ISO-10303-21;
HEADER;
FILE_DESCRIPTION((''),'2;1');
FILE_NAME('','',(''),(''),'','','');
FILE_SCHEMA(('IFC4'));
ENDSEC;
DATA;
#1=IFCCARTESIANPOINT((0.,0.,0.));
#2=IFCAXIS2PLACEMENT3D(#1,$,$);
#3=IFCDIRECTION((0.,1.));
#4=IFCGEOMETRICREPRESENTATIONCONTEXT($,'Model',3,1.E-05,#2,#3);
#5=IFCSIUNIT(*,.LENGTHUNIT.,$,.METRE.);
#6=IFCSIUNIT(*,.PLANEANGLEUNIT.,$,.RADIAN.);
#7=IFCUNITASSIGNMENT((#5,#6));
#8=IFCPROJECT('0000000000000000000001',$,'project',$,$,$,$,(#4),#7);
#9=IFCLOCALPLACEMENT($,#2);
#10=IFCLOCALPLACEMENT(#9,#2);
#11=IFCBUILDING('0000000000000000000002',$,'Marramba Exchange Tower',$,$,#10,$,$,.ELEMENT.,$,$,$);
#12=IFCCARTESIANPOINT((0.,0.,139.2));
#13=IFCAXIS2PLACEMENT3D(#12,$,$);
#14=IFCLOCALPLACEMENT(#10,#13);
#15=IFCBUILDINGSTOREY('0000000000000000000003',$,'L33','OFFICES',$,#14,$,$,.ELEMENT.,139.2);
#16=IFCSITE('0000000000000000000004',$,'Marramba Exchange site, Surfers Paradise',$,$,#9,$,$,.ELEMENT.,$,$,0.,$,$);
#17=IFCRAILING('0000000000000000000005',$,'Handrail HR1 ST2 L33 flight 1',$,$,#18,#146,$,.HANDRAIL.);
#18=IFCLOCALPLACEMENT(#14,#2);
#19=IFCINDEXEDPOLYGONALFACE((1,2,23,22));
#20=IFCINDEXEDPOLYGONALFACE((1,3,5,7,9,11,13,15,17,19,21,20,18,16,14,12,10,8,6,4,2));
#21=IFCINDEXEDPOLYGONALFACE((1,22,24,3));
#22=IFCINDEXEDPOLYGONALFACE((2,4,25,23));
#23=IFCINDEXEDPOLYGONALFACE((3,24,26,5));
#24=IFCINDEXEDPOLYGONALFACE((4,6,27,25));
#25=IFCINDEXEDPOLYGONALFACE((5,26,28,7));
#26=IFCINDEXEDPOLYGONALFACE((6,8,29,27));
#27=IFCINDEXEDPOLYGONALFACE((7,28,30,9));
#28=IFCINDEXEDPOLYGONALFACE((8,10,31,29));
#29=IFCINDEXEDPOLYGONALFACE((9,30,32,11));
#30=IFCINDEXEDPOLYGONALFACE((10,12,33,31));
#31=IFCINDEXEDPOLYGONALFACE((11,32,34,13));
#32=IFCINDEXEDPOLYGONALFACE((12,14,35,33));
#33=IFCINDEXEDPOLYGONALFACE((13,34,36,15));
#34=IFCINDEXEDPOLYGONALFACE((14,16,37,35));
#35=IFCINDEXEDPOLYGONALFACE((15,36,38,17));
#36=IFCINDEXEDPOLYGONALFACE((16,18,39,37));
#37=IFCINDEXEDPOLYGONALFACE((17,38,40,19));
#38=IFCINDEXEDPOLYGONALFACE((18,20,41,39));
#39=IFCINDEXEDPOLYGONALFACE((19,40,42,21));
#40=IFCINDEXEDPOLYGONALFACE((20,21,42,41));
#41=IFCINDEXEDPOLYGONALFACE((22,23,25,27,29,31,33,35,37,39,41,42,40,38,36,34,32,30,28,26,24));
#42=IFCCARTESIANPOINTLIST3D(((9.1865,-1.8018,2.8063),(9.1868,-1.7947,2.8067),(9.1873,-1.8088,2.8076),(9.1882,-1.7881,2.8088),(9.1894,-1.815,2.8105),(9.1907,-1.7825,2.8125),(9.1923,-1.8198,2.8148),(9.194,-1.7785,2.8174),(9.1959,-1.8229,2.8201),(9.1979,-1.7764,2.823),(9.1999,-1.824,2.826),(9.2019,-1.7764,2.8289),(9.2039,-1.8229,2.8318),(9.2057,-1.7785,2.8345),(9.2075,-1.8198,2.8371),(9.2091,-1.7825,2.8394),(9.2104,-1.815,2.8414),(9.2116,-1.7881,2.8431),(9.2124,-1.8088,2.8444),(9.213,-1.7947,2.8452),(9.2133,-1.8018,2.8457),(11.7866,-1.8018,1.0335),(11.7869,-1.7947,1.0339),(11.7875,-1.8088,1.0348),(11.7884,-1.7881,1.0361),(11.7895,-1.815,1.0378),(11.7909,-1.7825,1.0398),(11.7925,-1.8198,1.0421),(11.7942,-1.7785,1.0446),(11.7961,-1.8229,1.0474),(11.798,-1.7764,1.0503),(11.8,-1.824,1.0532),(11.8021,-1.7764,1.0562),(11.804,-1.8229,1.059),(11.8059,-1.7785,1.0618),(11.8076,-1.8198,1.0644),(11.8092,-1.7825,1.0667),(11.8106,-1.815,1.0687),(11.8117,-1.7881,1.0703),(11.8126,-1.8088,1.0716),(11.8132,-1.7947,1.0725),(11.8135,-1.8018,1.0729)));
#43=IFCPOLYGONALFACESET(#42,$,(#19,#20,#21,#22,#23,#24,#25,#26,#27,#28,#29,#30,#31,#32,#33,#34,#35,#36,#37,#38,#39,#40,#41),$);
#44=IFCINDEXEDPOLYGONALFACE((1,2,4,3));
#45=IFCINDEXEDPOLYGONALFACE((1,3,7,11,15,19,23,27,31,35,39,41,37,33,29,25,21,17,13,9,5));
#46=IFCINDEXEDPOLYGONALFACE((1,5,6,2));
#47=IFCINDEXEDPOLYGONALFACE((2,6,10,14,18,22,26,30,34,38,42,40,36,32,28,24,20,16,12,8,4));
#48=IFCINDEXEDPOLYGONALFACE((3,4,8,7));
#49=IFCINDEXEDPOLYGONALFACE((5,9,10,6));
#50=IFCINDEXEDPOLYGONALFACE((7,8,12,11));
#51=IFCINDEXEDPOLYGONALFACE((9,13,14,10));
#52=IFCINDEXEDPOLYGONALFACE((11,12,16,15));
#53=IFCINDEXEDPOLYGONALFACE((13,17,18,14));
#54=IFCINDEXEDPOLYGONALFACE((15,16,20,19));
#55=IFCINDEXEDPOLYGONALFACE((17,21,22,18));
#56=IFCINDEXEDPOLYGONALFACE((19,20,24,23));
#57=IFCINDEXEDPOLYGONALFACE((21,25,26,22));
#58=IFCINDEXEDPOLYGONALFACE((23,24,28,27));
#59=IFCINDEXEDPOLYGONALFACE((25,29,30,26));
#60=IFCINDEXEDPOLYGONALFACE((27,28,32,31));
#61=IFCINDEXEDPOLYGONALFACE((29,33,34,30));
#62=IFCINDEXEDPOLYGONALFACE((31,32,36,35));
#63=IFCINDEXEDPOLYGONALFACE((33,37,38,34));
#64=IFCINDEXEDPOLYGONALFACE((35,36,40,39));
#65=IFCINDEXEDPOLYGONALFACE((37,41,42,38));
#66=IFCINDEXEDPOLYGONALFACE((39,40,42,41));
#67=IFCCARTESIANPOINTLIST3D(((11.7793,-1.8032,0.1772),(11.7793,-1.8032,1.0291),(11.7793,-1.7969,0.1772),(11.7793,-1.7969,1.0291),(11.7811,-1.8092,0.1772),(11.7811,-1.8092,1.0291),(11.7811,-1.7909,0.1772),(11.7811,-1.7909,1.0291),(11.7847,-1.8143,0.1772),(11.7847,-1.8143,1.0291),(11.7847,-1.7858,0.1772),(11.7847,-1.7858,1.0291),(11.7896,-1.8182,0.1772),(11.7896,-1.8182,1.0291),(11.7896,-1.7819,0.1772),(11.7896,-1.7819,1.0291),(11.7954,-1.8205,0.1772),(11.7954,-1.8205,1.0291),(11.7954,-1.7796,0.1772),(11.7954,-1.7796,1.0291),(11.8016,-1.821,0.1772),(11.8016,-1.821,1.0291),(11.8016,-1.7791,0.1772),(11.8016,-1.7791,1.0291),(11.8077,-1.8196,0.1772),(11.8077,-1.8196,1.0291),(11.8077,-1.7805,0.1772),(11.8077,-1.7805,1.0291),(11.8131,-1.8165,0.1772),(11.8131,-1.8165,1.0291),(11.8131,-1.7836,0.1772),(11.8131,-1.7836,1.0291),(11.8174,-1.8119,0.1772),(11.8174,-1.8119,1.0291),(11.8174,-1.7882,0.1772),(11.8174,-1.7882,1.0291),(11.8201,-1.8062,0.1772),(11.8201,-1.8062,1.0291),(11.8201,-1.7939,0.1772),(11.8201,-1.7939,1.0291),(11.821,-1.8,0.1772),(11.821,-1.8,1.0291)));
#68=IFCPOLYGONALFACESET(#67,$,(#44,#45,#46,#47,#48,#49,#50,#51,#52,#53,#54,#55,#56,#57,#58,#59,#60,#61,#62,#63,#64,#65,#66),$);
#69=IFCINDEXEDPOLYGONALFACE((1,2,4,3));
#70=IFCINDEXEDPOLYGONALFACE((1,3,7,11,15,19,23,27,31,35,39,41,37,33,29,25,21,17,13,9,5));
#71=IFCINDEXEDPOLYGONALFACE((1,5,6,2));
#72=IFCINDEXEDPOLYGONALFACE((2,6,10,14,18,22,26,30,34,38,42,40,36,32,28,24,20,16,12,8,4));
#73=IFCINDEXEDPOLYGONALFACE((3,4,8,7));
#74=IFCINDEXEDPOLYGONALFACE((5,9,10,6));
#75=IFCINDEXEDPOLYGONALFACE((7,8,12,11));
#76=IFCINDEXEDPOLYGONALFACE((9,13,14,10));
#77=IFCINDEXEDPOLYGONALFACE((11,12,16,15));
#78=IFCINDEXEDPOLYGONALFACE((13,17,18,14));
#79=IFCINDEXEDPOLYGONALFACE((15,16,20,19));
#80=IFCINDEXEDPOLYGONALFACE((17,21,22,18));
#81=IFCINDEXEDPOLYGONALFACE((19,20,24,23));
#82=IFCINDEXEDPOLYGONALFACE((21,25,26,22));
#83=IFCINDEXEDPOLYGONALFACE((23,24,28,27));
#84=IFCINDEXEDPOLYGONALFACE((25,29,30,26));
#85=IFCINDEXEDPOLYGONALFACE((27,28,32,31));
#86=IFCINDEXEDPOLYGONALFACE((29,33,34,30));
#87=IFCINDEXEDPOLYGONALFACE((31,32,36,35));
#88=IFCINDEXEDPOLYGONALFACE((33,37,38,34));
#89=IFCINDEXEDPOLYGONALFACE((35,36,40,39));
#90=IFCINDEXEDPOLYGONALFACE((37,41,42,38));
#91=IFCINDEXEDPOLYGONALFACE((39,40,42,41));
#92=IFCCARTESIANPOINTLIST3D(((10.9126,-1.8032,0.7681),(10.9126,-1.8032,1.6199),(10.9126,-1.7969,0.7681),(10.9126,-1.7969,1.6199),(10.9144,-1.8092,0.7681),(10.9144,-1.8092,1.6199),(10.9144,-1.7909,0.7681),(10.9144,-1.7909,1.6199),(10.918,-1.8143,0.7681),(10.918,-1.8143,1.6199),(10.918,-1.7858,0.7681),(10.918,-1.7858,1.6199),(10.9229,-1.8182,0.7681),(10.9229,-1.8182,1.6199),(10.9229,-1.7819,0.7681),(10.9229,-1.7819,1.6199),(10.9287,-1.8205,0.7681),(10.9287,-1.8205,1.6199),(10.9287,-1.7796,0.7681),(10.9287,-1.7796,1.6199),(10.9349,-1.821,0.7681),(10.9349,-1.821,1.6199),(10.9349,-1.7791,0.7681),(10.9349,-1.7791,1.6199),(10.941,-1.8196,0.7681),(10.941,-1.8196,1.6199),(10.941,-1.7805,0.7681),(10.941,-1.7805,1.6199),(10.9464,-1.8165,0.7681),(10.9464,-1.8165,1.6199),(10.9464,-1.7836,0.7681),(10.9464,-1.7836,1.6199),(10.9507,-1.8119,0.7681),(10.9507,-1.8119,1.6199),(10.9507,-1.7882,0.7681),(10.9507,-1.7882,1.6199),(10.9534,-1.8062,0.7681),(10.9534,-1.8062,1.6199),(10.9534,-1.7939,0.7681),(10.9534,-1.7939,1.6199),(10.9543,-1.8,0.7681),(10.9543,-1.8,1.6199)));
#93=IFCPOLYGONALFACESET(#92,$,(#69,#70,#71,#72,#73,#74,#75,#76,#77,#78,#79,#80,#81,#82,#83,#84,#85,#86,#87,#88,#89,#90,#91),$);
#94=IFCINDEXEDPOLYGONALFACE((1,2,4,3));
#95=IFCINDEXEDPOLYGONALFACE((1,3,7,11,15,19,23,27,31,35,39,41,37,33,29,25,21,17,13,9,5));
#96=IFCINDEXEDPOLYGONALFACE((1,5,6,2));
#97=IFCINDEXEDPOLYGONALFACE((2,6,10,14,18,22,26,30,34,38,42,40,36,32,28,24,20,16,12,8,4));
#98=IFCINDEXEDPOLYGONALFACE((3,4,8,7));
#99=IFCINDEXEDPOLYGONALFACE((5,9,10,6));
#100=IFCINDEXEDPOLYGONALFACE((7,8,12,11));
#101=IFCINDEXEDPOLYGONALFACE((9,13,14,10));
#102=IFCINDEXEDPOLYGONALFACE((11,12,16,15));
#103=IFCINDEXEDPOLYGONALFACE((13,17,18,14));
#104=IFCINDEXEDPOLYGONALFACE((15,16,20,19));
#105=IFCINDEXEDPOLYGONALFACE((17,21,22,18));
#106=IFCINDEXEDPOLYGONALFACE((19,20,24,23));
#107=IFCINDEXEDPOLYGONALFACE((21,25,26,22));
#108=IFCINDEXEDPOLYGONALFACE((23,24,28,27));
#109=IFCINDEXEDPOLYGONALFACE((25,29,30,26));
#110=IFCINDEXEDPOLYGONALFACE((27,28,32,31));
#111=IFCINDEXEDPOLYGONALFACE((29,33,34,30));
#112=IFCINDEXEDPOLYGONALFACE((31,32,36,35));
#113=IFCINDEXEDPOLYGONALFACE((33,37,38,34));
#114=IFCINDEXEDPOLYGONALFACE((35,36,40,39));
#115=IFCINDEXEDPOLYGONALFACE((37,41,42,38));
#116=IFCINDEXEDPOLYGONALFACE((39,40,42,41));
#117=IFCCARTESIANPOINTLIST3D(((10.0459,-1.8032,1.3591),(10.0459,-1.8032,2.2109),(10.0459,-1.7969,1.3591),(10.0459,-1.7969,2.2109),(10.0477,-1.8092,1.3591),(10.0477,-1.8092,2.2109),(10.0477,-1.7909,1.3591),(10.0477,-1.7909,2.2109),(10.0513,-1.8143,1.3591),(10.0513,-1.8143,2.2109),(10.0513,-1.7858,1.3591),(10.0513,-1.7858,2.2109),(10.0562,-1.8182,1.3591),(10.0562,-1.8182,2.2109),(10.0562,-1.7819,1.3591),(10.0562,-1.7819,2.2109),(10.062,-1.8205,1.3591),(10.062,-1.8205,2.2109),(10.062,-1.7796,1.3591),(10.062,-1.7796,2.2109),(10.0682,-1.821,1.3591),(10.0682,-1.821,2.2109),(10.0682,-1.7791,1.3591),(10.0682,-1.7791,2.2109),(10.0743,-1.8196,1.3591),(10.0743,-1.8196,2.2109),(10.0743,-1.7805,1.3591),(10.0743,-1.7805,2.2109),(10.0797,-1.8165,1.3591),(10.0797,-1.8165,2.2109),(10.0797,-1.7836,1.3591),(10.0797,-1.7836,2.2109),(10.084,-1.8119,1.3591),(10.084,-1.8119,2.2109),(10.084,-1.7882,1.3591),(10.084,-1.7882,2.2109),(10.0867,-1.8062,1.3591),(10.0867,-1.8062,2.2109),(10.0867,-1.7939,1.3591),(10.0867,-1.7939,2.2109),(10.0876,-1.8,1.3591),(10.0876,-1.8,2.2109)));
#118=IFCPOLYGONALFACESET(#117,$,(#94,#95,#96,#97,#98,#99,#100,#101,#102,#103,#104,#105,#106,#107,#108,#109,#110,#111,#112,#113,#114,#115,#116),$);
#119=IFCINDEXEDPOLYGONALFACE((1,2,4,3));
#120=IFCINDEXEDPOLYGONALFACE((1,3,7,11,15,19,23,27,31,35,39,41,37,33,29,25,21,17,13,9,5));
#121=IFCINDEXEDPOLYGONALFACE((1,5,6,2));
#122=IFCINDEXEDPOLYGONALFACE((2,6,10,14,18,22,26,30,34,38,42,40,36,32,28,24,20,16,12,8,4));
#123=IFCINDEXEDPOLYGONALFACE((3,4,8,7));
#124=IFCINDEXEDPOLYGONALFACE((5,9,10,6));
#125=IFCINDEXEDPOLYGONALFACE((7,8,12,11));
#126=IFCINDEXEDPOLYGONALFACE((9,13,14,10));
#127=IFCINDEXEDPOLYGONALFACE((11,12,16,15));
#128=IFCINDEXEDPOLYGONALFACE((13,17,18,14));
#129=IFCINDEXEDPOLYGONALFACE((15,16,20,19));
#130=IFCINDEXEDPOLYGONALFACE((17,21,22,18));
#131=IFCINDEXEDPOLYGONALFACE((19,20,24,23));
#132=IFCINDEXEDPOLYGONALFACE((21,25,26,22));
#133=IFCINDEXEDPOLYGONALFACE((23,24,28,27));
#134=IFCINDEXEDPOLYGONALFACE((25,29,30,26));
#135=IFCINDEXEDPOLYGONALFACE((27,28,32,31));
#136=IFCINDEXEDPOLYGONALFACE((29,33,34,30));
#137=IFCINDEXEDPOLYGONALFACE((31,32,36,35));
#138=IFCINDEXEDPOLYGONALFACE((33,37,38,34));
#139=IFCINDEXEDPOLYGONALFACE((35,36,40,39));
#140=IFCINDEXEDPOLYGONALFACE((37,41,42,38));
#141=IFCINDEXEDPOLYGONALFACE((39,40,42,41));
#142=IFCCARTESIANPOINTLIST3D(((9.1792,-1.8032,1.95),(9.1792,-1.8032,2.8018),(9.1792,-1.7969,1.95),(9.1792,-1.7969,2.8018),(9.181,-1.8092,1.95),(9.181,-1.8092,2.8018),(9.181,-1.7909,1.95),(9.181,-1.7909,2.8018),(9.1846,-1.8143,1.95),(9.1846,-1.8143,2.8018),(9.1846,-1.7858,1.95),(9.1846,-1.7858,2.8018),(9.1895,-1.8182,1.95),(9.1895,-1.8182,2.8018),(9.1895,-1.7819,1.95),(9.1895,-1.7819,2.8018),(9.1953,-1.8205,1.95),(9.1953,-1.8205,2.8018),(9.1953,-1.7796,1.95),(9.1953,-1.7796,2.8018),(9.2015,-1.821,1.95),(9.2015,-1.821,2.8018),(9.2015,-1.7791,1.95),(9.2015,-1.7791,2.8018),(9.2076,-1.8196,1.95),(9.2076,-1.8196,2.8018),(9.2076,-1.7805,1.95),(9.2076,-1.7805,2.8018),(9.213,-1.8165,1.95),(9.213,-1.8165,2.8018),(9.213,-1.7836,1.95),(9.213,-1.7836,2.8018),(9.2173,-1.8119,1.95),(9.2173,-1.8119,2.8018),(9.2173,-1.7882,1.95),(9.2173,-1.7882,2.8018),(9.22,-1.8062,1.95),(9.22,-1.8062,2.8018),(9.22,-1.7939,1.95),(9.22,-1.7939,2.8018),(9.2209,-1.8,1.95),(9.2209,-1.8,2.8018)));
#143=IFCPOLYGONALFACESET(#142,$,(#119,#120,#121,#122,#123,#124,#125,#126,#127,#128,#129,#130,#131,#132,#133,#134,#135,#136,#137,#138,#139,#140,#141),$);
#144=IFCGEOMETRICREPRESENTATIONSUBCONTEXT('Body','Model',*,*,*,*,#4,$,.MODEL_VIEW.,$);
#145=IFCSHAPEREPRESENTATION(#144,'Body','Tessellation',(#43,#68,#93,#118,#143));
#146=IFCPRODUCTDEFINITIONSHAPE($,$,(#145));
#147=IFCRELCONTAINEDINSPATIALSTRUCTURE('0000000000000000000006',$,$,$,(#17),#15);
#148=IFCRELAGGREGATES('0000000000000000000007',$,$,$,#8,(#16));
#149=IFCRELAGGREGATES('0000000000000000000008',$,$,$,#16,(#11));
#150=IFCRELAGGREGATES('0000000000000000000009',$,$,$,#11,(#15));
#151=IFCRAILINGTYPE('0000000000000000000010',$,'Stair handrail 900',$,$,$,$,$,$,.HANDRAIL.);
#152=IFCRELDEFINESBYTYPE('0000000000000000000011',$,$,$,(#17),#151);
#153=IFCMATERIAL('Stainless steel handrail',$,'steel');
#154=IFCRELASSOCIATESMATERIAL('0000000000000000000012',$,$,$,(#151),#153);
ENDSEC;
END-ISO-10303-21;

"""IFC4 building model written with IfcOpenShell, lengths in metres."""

from ifc_helpers import new_model, si_unit, direction, frame, origin, origin_2d, place, context, subcontext, project, spatial, circle, extrude, material, type_object, element, save


model = new_model("IFC4")

# Units and contexts
model_context = context("Model", 3, precision=1e-05, world=origin(), true_north=direction((0.0, 1.0)))
body_context = subcontext(model_context, "Body", "Model", "MODEL_VIEW")
ifc_project = project(units=[si_unit("LENGTHUNIT", "METRE"), si_unit("PLANEANGLEUNIT", "RADIAN")], contexts=[model_context])

# Site, building, storey
site_placement = place(None, origin())
site = spatial("IfcSite", under=ifc_project, at=site_placement, Name="Marramba Exchange site, Surfers Paradise", CompositionType="ELEMENT", RefElevation=0.0)
building_placement = place(site_placement, origin())
building = spatial("IfcBuilding", under=site, at=building_placement, Name="Marramba Exchange Tower", CompositionType="ELEMENT")
storey_placement = place(building_placement, frame((0.0, 0.0, 139.2)))
storey = spatial("IfcBuildingStorey", under=building, at=storey_placement, Name="L33", Description="OFFICES", CompositionType="ELEMENT", Elevation=139.2)

# Railing
ifc_material_1 = material(Name="Stainless steel handrail", Category="steel")
railing_type = type_object("IfcRailingType", Name="Stair handrail 900", PredefinedType="HANDRAIL", material=ifc_material_1)
railing_placement = place(storey_placement, frame((11.8, -1.8, 0.1772)))
element("IfcRailing", 1, at=railing_placement, inside=storey, type_object=railing_type, Name="Handrail HR1 ST2 L33 flight 1", PredefinedType="HANDRAIL", context=body_context, shape_type="SweptSolid", body=[
    extrude(circle(Radius=0.0239, at=origin_2d()), frame((0.0, 0.0, 0.876), z_axis=(-0.82624, 0.0, 0.563318), x_axis=(0.0, -1.0, 0.0)), (0.0, 0.0, 1.0), 3.147),
    extrude(circle(Radius=0.021, at=origin_2d()), origin(), (0.0, 0.0, 1.0), 0.8518),
    extrude(circle(Radius=0.021, at=origin_2d()), frame((-0.8667, 0.0, 0.5908)), (0.0, 0.0, 1.0), 0.8518),
    extrude(circle(Radius=0.021, at=origin_2d()), frame((-1.7334, 0.0, 1.1819)), (0.0, 0.0, 1.0), 0.8518),
    extrude(circle(Radius=0.021, at=origin_2d()), frame((-2.6001, 0.0, 1.7727)), (0.0, 0.0, 1.0), 0.8518),
])

save(model, "model.ifc")
